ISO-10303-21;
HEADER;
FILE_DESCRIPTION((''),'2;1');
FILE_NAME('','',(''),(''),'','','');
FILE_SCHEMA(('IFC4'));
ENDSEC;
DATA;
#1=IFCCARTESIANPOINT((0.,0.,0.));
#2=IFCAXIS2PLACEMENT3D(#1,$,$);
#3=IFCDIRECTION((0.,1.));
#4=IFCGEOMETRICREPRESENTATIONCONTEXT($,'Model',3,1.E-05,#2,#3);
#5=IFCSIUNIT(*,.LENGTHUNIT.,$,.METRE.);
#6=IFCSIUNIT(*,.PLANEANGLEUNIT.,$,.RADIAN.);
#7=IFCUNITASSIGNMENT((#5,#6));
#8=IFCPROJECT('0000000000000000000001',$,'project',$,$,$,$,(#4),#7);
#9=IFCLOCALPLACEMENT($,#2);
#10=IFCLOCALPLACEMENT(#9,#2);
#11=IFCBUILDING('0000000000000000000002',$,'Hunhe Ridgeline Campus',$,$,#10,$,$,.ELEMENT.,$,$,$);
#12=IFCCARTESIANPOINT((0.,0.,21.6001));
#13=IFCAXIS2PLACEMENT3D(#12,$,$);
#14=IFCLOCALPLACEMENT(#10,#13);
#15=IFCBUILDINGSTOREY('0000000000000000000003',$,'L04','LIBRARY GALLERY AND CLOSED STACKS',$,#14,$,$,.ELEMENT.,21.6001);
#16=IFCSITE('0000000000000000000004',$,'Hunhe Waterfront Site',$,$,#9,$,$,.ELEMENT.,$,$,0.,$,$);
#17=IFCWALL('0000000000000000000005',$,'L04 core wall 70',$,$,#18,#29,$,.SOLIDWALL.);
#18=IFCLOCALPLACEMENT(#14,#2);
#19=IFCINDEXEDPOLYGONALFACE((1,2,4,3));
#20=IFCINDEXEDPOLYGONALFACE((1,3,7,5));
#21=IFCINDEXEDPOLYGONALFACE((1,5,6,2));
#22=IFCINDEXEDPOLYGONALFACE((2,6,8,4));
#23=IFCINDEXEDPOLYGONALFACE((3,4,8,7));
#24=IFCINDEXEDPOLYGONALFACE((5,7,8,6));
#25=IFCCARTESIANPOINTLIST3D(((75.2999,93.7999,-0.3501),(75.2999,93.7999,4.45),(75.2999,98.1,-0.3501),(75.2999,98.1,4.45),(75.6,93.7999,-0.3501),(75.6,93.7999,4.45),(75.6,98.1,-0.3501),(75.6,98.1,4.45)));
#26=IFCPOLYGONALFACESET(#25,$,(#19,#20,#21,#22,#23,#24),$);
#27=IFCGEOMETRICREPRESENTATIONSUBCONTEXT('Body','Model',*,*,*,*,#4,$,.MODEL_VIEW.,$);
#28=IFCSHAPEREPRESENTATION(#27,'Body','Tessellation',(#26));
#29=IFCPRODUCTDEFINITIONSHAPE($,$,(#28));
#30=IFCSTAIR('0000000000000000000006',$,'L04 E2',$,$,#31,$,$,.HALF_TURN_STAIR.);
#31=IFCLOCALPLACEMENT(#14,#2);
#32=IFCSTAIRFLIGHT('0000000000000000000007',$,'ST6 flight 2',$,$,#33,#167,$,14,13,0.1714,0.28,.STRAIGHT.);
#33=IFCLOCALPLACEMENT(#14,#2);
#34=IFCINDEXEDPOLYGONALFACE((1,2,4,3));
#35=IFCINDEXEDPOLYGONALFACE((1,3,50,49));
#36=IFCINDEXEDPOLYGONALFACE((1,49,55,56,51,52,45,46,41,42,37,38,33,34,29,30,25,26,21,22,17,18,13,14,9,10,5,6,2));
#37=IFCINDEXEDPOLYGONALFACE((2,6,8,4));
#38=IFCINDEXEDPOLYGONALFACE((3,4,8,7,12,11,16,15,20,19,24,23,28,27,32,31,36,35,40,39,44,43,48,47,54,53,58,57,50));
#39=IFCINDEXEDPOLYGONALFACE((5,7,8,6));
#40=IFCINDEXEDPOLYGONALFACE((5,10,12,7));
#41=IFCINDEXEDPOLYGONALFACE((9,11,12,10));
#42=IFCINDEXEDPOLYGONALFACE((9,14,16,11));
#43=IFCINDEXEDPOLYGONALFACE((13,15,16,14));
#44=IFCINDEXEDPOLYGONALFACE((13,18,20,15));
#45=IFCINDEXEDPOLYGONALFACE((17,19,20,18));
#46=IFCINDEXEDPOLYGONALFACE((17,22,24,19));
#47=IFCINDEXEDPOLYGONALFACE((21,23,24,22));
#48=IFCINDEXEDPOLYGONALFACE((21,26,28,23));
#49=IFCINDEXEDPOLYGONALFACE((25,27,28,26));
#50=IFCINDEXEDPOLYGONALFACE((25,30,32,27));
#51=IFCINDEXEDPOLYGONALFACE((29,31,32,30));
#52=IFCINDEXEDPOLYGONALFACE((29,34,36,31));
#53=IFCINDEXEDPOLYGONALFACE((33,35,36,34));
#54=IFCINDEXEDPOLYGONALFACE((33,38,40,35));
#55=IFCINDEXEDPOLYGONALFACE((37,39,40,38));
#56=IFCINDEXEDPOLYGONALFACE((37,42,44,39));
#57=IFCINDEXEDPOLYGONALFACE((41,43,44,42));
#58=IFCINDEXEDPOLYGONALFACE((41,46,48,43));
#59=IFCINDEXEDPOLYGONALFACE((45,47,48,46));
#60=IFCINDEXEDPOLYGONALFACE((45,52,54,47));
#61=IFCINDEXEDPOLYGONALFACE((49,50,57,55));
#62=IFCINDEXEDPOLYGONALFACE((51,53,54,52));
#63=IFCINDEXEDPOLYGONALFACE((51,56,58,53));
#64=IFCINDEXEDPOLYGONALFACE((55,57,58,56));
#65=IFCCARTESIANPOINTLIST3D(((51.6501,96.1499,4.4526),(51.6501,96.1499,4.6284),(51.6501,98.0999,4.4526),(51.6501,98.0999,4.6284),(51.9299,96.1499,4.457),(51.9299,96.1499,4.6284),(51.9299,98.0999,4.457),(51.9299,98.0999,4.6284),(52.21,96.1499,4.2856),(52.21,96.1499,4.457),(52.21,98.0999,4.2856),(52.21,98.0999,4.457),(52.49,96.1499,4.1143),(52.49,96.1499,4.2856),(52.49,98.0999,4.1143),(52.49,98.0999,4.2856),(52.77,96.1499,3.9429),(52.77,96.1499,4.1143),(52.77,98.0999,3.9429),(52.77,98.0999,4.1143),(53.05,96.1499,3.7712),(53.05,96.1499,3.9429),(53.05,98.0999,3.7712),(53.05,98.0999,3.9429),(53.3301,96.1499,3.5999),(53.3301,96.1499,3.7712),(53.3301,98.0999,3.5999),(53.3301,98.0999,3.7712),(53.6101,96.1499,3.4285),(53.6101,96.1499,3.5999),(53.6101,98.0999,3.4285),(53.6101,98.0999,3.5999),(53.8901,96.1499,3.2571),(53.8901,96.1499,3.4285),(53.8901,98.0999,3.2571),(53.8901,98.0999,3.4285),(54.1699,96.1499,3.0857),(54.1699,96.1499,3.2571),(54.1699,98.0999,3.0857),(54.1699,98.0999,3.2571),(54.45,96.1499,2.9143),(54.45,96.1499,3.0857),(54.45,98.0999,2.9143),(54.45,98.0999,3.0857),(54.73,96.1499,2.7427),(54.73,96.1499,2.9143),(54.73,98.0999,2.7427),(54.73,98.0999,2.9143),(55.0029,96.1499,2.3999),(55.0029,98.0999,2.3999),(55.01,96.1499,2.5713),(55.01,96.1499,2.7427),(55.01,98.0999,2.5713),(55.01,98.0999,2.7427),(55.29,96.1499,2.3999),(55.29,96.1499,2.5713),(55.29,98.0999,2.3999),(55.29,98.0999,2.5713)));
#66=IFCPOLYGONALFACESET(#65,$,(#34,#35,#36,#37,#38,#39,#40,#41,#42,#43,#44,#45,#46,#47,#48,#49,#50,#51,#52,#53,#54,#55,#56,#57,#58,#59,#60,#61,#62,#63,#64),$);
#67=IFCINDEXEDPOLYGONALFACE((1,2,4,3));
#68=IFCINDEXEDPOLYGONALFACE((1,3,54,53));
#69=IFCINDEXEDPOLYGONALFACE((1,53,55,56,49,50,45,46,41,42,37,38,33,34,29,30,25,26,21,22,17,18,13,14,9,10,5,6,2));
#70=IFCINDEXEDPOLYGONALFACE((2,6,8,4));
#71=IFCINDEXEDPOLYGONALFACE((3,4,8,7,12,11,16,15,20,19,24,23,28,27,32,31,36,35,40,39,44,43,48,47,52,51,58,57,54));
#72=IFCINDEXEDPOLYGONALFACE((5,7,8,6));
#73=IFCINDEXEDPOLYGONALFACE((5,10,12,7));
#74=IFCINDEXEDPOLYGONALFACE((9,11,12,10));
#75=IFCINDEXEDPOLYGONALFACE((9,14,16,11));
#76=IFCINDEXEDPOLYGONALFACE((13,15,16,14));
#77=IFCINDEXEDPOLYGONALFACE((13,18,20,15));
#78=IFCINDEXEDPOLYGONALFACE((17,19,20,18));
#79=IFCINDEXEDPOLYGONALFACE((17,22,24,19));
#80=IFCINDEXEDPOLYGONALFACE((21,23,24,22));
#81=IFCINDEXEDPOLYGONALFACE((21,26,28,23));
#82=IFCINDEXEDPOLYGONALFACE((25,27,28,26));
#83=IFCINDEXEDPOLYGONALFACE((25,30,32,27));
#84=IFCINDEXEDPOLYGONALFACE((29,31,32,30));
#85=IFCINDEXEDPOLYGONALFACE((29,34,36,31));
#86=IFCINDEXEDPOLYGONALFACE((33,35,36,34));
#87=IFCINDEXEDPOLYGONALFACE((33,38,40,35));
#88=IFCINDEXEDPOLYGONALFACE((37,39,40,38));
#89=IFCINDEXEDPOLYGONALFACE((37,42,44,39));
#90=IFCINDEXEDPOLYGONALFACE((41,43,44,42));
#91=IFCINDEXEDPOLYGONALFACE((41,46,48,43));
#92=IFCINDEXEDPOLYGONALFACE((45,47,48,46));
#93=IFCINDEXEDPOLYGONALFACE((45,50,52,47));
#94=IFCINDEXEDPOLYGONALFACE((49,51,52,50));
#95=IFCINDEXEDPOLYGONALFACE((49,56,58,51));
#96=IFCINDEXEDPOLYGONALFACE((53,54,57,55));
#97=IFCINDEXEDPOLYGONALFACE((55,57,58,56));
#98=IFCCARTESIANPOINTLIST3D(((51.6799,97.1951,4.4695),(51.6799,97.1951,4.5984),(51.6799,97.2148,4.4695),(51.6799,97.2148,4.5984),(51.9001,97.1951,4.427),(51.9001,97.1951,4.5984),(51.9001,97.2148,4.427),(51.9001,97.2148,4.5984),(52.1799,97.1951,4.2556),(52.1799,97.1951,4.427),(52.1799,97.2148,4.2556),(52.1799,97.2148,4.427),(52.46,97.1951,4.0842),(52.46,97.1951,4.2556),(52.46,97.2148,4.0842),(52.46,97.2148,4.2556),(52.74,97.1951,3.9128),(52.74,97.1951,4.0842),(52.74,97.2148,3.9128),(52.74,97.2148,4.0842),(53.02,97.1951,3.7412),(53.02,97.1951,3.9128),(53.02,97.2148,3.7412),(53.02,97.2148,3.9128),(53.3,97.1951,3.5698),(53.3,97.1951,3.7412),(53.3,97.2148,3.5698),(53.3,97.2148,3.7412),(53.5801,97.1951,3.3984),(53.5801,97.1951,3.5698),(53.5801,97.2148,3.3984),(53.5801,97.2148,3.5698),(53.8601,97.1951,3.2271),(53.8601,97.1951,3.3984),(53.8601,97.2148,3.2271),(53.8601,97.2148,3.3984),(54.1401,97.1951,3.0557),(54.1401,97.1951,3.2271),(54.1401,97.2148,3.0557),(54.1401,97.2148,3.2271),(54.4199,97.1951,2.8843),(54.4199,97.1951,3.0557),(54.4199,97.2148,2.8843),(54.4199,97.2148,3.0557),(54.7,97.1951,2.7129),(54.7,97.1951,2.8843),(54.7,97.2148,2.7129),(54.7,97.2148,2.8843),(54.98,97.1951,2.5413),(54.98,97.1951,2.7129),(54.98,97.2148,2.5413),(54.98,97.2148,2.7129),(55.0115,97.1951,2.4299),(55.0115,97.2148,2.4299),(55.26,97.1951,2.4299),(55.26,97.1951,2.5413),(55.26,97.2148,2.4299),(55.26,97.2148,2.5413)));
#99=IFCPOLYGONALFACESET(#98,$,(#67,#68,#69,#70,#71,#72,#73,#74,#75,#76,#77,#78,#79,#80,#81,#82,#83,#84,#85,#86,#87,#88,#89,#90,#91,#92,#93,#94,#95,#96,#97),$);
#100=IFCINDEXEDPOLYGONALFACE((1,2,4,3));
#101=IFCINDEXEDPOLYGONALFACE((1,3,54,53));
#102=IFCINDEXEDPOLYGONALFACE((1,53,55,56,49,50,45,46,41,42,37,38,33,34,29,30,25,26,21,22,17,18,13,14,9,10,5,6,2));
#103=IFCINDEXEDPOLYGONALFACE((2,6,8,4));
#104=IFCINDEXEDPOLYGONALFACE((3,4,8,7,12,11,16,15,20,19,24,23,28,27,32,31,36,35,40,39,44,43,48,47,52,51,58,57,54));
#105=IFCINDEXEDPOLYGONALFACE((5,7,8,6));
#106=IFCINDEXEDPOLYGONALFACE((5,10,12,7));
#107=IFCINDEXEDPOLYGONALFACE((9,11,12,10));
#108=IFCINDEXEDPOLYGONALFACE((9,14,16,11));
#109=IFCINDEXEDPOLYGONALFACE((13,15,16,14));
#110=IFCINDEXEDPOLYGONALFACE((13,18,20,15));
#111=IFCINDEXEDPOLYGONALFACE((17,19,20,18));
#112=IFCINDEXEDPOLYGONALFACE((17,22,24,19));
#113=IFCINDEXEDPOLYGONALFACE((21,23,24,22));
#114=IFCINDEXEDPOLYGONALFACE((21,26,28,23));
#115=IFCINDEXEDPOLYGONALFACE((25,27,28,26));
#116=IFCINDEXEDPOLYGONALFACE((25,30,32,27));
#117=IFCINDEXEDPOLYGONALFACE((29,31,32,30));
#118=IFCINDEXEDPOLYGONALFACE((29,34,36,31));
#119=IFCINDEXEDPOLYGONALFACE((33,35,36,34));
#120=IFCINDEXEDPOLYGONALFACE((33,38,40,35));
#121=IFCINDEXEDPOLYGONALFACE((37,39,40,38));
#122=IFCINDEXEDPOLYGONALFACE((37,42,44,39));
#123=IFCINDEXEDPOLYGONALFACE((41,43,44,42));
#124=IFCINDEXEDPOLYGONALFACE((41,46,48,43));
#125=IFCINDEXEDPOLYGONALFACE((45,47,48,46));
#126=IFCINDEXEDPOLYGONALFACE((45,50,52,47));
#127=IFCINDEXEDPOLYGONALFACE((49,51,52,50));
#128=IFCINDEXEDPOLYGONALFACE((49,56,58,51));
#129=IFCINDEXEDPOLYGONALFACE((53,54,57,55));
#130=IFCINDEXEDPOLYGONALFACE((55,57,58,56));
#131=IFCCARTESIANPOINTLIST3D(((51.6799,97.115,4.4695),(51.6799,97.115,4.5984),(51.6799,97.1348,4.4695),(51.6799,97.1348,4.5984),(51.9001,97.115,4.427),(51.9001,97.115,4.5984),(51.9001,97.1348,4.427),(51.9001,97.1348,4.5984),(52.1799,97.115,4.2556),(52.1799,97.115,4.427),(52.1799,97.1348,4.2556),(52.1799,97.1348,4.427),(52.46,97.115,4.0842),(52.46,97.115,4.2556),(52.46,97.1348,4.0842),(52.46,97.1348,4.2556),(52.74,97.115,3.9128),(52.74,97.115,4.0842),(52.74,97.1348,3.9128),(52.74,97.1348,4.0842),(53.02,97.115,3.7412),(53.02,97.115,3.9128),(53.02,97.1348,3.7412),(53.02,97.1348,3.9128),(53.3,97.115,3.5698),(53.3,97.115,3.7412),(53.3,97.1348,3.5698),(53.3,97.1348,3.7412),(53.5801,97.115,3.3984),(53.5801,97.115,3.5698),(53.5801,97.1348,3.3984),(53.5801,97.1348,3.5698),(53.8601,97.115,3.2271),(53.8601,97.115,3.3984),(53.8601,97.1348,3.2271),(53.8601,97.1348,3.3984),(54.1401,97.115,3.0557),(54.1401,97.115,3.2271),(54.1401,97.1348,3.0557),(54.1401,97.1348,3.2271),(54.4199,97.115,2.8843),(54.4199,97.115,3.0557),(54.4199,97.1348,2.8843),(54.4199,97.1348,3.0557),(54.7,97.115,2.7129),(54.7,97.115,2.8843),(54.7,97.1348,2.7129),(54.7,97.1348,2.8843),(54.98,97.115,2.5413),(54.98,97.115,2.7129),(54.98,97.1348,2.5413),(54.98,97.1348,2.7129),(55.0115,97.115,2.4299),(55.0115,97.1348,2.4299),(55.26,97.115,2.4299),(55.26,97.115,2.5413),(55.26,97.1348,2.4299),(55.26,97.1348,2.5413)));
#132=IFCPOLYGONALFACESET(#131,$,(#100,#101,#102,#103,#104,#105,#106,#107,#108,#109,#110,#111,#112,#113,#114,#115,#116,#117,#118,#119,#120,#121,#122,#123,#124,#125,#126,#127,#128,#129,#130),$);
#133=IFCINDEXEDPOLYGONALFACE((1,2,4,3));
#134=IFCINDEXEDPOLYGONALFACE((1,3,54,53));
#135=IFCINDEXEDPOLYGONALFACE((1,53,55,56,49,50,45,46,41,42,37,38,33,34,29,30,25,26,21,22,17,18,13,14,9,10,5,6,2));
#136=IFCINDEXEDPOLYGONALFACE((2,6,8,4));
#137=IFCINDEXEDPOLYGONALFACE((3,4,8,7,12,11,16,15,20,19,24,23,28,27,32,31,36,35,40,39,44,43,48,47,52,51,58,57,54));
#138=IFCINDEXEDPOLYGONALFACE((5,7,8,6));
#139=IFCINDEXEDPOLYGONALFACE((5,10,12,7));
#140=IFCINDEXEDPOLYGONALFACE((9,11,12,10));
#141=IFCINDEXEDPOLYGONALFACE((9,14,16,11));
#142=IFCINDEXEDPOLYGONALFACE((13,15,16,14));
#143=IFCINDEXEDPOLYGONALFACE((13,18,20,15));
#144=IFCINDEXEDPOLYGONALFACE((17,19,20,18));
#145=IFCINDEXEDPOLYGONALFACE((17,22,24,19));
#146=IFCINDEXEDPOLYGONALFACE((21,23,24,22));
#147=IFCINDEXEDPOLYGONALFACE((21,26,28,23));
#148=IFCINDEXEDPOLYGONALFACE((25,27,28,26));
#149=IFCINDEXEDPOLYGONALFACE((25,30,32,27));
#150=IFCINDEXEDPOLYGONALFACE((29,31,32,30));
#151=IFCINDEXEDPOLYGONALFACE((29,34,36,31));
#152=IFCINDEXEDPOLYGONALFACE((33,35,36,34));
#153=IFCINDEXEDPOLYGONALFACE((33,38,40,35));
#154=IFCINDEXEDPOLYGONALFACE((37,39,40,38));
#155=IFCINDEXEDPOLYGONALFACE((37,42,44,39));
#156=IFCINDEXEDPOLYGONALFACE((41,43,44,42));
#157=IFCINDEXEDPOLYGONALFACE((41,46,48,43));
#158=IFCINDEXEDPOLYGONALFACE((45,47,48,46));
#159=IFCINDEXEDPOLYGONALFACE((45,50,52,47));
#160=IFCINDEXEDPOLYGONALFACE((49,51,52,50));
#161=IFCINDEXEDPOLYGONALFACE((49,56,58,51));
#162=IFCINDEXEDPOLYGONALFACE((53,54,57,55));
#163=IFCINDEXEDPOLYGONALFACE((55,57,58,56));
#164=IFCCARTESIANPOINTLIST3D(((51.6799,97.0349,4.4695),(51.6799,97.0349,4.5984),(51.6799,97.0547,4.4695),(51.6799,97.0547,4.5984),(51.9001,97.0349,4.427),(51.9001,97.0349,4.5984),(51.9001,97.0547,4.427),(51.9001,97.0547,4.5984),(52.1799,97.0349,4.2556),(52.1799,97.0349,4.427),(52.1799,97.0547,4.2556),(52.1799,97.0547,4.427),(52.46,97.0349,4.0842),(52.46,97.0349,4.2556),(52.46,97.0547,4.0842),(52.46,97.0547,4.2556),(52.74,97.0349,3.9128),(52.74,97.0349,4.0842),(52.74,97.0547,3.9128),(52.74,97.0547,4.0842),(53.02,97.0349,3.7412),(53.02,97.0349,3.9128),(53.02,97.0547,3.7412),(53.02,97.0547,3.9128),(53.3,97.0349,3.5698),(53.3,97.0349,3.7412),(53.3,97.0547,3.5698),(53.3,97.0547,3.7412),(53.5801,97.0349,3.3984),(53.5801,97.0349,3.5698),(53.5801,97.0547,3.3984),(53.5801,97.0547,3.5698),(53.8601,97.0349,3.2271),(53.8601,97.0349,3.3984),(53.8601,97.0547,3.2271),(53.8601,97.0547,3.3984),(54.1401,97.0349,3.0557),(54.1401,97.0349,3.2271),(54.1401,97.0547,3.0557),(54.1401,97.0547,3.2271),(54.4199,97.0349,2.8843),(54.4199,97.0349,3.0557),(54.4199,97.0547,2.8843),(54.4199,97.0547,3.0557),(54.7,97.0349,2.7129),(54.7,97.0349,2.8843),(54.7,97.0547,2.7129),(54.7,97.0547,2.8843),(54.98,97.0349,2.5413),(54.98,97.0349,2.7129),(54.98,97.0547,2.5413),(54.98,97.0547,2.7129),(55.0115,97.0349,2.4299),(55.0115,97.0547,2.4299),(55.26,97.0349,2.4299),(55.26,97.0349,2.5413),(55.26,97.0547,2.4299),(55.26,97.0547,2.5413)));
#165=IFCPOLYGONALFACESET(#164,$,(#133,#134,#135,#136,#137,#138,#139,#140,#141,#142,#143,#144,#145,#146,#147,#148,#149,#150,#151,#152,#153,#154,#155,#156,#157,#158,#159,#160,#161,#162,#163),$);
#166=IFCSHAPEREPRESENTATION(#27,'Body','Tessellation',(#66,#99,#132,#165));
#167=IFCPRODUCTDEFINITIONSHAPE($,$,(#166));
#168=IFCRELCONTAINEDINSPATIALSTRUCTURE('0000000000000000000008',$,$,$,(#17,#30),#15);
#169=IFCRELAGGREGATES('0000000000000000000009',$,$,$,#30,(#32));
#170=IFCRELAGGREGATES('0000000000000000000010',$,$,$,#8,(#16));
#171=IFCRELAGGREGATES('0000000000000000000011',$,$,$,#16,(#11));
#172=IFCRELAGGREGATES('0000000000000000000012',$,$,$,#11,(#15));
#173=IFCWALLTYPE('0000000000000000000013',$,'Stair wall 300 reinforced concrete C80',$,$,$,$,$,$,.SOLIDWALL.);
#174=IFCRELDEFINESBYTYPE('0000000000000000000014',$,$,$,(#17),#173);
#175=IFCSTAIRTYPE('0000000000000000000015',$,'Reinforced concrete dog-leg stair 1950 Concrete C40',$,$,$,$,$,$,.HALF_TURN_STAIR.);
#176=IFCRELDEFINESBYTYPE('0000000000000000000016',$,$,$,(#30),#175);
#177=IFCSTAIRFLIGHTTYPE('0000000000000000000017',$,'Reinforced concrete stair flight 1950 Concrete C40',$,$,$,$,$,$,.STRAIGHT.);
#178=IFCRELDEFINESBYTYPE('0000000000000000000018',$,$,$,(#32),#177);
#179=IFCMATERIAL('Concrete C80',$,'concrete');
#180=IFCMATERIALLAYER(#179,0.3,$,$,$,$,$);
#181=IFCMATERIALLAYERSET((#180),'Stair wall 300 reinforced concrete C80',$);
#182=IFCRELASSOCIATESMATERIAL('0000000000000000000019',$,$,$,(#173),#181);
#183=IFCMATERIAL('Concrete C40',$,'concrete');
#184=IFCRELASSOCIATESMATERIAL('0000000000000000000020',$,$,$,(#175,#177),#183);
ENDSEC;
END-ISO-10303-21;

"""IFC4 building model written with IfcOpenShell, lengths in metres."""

from ifc_helpers import new_model, si_unit, direction, frame, frame_2d, origin, place, context, subcontext, project, spatial, polyline, rectangle, outline, extrude, material, layer, layer_set, type_object, element, aggregate, save


model = new_model("IFC4")

# Units and contexts
model_context = context("Model", 3, precision=1e-05, world=origin(), true_north=direction((0.0, 1.0)))
body_context = subcontext(model_context, "Body", "Model", "MODEL_VIEW")
ifc_project = project(units=[si_unit("LENGTHUNIT", "METRE"), si_unit("PLANEANGLEUNIT", "RADIAN")], contexts=[model_context])

# Site, building, storey
site_placement = place(None, origin())
site = spatial("IfcSite", under=ifc_project, at=site_placement, Name="Hunhe Waterfront Site", CompositionType="ELEMENT", RefElevation=0.0)
building_placement = place(site_placement, origin())
building = spatial("IfcBuilding", under=site, at=building_placement, Name="Hunhe Ridgeline Campus", CompositionType="ELEMENT")
storey_placement = place(building_placement, frame((0.0, 0.0, 21.6001)))
storey = spatial("IfcBuildingStorey", under=building, at=storey_placement, Name="L04", Description="LIBRARY GALLERY AND CLOSED STACKS", CompositionType="ELEMENT", Elevation=21.6001)

# Shared definitions
ifc_material_1 = material(Name="Concrete C80", Category="concrete")

# Shared definitions
ifc_layer_1 = layer(ifc_material_1, 0.3)
ifc_layer_set_1 = layer_set([ifc_layer_1], Name="Stair wall 300 reinforced concrete C80")
wall_type_1 = type_object("IfcWallType", Name="Stair wall 300 reinforced concrete C80", PredefinedType="SOLIDWALL", material=ifc_layer_set_1)

# Wall
for number, where, z_axis, x_axis, name in (
    (1, (75.45, 93.8, -0.3501), (0.0, 0.0, 1.0), (0.0, 1.0, 0.0), "L04 core wall 70"),
):
    element("IfcWall", number, at=place(storey_placement, frame(where, z_axis=z_axis, x_axis=x_axis)), inside=storey, type_object=wall_type_1, Name=name, PredefinedType="SOLIDWALL", context=body_context, shape_type="SweptSolid", body=[
        extrude(rectangle(XDim=4.3, YDim=0.3, at=frame_2d((2.1499, 0.0))), origin(), (0.0, 0.0, 1.0), 4.8),
    ])

# Stair, stair flight
ifc_material_2 = material(Name="Concrete C40", Category="concrete")
stair_type = type_object("IfcStairType", Name="Reinforced concrete dog-leg stair 1950 Concrete C40", PredefinedType="HALF_TURN_STAIR", material=ifc_material_2)
stair_1_placement = place(storey_placement, origin())
stair_1 = element("IfcStair", 2, at=stair_1_placement, inside=storey, type_object=stair_type, Name="L04 E2", PredefinedType="HALF_TURN_STAIR")
stair_flight_type = type_object("IfcStairFlightType", Name="Reinforced concrete stair flight 1950 Concrete C40", PredefinedType="STRAIGHT", material=ifc_material_2)
stair_flight_1_placement = place(storey_placement, frame((55.29, 97.125, 2.3999), z_axis=(0.0, 0.0, 1.0), x_axis=(-1.0, 0.0, 0.0)))
stair_flight_1 = element("IfcStairFlight", 3, at=stair_flight_1_placement, type_object=stair_flight_type, Name="ST6 flight 2", NumberOfRisers=14, NumberOfTreads=13, PredefinedType="STRAIGHT", RiserHeight=0.1714, TreadLength=0.28, context=body_context, shape_type="SweptSolid", body=[
    extrude(outline(polyline([(0.0, 0.0), (0.0, 0.1714), (0.28, 0.1714), (0.28, 0.3428), (0.5601, 0.3428), (0.5601, 0.5144), (0.8401, 0.5144), (0.8401, 0.6858), (1.1201, 0.6858), (1.1201, 0.8572), (1.3999, 0.8572), (1.3999, 1.0286), (1.6799, 1.0286), (1.6799, 1.2), (1.96, 1.2), (1.96, 1.3713), (2.24, 1.3713), (2.24, 1.543), (2.52, 1.543), (2.52, 1.7144), (2.8, 1.7144), (2.8, 1.8857), (3.0801, 1.8857), (3.0801, 2.0571), (3.3601, 2.0571), (3.3601, 2.2285), (3.6399, 2.2285), (3.6399, 2.3999), (3.6399, 2.0527), (0.2871, 0.0), (0.0, 0.0)])), frame((0.0, 0.9751, 0.0), z_axis=(0.0, -1.0, 0.0), x_axis=(1.0, 0.0, 0.0)), (0.0, 0.0, 1.0), 1.95),
    extrude(outline(polyline([(0.03, 0.03), (0.03, 0.1414), (0.3101, 0.1414), (0.3101, 0.313), (0.5901, 0.313), (0.5901, 0.4844), (0.8701, 0.4844), (0.8701, 0.6558), (1.1499, 0.6558), (1.1499, 0.8271), (1.4299, 0.8271), (1.4299, 0.9985), (1.71, 0.9985), (1.71, 1.1699), (1.99, 1.1699), (1.99, 1.3413), (2.27, 1.3413), (2.27, 1.5129), (2.55, 1.5129), (2.55, 1.6843), (2.8301, 1.6843), (2.8301, 1.8557), (3.1101, 1.8557), (3.1101, 2.0271), (3.3899, 2.0271), (3.3899, 2.1985), (3.6101, 2.1985), (3.6101, 2.0696), (0.2786, 0.03), (0.03, 0.03)])), frame((0.0, -0.0701, 0.0), z_axis=(0.0, -1.0, 0.0), x_axis=(1.0, 0.0, 0.0)), (0.0, 0.0, 1.0), 0.0198),
    extrude(outline(polyline([(0.03, 0.03), (0.03, 0.1414), (0.3101, 0.1414), (0.3101, 0.313), (0.5901, 0.313), (0.5901, 0.4844), (0.8701, 0.4844), (0.8701, 0.6558), (1.1499, 0.6558), (1.1499, 0.8271), (1.4299, 0.8271), (1.4299, 0.9985), (1.71, 0.9985), (1.71, 1.1699), (1.99, 1.1699), (1.99, 1.3413), (2.27, 1.3413), (2.27, 1.5129), (2.55, 1.5129), (2.55, 1.6843), (2.8301, 1.6843), (2.8301, 1.8557), (3.1101, 1.8557), (3.1101, 2.0271), (3.3899, 2.0271), (3.3899, 2.1985), (3.6101, 2.1985), (3.6101, 2.0696), (0.2786, 0.03), (0.03, 0.03)])), frame((0.0, 0.01, 0.0), z_axis=(0.0, -1.0, 0.0), x_axis=(1.0, 0.0, 0.0)), (0.0, 0.0, 1.0), 0.0198),
    extrude(outline(polyline([(0.03, 0.03), (0.03, 0.1414), (0.3101, 0.1414), (0.3101, 0.313), (0.5901, 0.313), (0.5901, 0.4844), (0.8701, 0.4844), (0.8701, 0.6558), (1.1499, 0.6558), (1.1499, 0.8271), (1.4299, 0.8271), (1.4299, 0.9985), (1.71, 0.9985), (1.71, 1.1699), (1.99, 1.1699), (1.99, 1.3413), (2.27, 1.3413), (2.27, 1.5129), (2.55, 1.5129), (2.55, 1.6843), (2.8301, 1.6843), (2.8301, 1.8557), (3.1101, 1.8557), (3.1101, 2.0271), (3.3899, 2.0271), (3.3899, 2.1985), (3.6101, 2.1985), (3.6101, 2.0696), (0.2786, 0.03), (0.03, 0.03)])), frame((0.0, 0.0901, 0.0), z_axis=(0.0, -1.0, 0.0), x_axis=(1.0, 0.0, 0.0)), (0.0, 0.0, 1.0), 0.0198),
])
aggregate(stair_1, [stair_flight_1])

save(model, "model.ifc")
